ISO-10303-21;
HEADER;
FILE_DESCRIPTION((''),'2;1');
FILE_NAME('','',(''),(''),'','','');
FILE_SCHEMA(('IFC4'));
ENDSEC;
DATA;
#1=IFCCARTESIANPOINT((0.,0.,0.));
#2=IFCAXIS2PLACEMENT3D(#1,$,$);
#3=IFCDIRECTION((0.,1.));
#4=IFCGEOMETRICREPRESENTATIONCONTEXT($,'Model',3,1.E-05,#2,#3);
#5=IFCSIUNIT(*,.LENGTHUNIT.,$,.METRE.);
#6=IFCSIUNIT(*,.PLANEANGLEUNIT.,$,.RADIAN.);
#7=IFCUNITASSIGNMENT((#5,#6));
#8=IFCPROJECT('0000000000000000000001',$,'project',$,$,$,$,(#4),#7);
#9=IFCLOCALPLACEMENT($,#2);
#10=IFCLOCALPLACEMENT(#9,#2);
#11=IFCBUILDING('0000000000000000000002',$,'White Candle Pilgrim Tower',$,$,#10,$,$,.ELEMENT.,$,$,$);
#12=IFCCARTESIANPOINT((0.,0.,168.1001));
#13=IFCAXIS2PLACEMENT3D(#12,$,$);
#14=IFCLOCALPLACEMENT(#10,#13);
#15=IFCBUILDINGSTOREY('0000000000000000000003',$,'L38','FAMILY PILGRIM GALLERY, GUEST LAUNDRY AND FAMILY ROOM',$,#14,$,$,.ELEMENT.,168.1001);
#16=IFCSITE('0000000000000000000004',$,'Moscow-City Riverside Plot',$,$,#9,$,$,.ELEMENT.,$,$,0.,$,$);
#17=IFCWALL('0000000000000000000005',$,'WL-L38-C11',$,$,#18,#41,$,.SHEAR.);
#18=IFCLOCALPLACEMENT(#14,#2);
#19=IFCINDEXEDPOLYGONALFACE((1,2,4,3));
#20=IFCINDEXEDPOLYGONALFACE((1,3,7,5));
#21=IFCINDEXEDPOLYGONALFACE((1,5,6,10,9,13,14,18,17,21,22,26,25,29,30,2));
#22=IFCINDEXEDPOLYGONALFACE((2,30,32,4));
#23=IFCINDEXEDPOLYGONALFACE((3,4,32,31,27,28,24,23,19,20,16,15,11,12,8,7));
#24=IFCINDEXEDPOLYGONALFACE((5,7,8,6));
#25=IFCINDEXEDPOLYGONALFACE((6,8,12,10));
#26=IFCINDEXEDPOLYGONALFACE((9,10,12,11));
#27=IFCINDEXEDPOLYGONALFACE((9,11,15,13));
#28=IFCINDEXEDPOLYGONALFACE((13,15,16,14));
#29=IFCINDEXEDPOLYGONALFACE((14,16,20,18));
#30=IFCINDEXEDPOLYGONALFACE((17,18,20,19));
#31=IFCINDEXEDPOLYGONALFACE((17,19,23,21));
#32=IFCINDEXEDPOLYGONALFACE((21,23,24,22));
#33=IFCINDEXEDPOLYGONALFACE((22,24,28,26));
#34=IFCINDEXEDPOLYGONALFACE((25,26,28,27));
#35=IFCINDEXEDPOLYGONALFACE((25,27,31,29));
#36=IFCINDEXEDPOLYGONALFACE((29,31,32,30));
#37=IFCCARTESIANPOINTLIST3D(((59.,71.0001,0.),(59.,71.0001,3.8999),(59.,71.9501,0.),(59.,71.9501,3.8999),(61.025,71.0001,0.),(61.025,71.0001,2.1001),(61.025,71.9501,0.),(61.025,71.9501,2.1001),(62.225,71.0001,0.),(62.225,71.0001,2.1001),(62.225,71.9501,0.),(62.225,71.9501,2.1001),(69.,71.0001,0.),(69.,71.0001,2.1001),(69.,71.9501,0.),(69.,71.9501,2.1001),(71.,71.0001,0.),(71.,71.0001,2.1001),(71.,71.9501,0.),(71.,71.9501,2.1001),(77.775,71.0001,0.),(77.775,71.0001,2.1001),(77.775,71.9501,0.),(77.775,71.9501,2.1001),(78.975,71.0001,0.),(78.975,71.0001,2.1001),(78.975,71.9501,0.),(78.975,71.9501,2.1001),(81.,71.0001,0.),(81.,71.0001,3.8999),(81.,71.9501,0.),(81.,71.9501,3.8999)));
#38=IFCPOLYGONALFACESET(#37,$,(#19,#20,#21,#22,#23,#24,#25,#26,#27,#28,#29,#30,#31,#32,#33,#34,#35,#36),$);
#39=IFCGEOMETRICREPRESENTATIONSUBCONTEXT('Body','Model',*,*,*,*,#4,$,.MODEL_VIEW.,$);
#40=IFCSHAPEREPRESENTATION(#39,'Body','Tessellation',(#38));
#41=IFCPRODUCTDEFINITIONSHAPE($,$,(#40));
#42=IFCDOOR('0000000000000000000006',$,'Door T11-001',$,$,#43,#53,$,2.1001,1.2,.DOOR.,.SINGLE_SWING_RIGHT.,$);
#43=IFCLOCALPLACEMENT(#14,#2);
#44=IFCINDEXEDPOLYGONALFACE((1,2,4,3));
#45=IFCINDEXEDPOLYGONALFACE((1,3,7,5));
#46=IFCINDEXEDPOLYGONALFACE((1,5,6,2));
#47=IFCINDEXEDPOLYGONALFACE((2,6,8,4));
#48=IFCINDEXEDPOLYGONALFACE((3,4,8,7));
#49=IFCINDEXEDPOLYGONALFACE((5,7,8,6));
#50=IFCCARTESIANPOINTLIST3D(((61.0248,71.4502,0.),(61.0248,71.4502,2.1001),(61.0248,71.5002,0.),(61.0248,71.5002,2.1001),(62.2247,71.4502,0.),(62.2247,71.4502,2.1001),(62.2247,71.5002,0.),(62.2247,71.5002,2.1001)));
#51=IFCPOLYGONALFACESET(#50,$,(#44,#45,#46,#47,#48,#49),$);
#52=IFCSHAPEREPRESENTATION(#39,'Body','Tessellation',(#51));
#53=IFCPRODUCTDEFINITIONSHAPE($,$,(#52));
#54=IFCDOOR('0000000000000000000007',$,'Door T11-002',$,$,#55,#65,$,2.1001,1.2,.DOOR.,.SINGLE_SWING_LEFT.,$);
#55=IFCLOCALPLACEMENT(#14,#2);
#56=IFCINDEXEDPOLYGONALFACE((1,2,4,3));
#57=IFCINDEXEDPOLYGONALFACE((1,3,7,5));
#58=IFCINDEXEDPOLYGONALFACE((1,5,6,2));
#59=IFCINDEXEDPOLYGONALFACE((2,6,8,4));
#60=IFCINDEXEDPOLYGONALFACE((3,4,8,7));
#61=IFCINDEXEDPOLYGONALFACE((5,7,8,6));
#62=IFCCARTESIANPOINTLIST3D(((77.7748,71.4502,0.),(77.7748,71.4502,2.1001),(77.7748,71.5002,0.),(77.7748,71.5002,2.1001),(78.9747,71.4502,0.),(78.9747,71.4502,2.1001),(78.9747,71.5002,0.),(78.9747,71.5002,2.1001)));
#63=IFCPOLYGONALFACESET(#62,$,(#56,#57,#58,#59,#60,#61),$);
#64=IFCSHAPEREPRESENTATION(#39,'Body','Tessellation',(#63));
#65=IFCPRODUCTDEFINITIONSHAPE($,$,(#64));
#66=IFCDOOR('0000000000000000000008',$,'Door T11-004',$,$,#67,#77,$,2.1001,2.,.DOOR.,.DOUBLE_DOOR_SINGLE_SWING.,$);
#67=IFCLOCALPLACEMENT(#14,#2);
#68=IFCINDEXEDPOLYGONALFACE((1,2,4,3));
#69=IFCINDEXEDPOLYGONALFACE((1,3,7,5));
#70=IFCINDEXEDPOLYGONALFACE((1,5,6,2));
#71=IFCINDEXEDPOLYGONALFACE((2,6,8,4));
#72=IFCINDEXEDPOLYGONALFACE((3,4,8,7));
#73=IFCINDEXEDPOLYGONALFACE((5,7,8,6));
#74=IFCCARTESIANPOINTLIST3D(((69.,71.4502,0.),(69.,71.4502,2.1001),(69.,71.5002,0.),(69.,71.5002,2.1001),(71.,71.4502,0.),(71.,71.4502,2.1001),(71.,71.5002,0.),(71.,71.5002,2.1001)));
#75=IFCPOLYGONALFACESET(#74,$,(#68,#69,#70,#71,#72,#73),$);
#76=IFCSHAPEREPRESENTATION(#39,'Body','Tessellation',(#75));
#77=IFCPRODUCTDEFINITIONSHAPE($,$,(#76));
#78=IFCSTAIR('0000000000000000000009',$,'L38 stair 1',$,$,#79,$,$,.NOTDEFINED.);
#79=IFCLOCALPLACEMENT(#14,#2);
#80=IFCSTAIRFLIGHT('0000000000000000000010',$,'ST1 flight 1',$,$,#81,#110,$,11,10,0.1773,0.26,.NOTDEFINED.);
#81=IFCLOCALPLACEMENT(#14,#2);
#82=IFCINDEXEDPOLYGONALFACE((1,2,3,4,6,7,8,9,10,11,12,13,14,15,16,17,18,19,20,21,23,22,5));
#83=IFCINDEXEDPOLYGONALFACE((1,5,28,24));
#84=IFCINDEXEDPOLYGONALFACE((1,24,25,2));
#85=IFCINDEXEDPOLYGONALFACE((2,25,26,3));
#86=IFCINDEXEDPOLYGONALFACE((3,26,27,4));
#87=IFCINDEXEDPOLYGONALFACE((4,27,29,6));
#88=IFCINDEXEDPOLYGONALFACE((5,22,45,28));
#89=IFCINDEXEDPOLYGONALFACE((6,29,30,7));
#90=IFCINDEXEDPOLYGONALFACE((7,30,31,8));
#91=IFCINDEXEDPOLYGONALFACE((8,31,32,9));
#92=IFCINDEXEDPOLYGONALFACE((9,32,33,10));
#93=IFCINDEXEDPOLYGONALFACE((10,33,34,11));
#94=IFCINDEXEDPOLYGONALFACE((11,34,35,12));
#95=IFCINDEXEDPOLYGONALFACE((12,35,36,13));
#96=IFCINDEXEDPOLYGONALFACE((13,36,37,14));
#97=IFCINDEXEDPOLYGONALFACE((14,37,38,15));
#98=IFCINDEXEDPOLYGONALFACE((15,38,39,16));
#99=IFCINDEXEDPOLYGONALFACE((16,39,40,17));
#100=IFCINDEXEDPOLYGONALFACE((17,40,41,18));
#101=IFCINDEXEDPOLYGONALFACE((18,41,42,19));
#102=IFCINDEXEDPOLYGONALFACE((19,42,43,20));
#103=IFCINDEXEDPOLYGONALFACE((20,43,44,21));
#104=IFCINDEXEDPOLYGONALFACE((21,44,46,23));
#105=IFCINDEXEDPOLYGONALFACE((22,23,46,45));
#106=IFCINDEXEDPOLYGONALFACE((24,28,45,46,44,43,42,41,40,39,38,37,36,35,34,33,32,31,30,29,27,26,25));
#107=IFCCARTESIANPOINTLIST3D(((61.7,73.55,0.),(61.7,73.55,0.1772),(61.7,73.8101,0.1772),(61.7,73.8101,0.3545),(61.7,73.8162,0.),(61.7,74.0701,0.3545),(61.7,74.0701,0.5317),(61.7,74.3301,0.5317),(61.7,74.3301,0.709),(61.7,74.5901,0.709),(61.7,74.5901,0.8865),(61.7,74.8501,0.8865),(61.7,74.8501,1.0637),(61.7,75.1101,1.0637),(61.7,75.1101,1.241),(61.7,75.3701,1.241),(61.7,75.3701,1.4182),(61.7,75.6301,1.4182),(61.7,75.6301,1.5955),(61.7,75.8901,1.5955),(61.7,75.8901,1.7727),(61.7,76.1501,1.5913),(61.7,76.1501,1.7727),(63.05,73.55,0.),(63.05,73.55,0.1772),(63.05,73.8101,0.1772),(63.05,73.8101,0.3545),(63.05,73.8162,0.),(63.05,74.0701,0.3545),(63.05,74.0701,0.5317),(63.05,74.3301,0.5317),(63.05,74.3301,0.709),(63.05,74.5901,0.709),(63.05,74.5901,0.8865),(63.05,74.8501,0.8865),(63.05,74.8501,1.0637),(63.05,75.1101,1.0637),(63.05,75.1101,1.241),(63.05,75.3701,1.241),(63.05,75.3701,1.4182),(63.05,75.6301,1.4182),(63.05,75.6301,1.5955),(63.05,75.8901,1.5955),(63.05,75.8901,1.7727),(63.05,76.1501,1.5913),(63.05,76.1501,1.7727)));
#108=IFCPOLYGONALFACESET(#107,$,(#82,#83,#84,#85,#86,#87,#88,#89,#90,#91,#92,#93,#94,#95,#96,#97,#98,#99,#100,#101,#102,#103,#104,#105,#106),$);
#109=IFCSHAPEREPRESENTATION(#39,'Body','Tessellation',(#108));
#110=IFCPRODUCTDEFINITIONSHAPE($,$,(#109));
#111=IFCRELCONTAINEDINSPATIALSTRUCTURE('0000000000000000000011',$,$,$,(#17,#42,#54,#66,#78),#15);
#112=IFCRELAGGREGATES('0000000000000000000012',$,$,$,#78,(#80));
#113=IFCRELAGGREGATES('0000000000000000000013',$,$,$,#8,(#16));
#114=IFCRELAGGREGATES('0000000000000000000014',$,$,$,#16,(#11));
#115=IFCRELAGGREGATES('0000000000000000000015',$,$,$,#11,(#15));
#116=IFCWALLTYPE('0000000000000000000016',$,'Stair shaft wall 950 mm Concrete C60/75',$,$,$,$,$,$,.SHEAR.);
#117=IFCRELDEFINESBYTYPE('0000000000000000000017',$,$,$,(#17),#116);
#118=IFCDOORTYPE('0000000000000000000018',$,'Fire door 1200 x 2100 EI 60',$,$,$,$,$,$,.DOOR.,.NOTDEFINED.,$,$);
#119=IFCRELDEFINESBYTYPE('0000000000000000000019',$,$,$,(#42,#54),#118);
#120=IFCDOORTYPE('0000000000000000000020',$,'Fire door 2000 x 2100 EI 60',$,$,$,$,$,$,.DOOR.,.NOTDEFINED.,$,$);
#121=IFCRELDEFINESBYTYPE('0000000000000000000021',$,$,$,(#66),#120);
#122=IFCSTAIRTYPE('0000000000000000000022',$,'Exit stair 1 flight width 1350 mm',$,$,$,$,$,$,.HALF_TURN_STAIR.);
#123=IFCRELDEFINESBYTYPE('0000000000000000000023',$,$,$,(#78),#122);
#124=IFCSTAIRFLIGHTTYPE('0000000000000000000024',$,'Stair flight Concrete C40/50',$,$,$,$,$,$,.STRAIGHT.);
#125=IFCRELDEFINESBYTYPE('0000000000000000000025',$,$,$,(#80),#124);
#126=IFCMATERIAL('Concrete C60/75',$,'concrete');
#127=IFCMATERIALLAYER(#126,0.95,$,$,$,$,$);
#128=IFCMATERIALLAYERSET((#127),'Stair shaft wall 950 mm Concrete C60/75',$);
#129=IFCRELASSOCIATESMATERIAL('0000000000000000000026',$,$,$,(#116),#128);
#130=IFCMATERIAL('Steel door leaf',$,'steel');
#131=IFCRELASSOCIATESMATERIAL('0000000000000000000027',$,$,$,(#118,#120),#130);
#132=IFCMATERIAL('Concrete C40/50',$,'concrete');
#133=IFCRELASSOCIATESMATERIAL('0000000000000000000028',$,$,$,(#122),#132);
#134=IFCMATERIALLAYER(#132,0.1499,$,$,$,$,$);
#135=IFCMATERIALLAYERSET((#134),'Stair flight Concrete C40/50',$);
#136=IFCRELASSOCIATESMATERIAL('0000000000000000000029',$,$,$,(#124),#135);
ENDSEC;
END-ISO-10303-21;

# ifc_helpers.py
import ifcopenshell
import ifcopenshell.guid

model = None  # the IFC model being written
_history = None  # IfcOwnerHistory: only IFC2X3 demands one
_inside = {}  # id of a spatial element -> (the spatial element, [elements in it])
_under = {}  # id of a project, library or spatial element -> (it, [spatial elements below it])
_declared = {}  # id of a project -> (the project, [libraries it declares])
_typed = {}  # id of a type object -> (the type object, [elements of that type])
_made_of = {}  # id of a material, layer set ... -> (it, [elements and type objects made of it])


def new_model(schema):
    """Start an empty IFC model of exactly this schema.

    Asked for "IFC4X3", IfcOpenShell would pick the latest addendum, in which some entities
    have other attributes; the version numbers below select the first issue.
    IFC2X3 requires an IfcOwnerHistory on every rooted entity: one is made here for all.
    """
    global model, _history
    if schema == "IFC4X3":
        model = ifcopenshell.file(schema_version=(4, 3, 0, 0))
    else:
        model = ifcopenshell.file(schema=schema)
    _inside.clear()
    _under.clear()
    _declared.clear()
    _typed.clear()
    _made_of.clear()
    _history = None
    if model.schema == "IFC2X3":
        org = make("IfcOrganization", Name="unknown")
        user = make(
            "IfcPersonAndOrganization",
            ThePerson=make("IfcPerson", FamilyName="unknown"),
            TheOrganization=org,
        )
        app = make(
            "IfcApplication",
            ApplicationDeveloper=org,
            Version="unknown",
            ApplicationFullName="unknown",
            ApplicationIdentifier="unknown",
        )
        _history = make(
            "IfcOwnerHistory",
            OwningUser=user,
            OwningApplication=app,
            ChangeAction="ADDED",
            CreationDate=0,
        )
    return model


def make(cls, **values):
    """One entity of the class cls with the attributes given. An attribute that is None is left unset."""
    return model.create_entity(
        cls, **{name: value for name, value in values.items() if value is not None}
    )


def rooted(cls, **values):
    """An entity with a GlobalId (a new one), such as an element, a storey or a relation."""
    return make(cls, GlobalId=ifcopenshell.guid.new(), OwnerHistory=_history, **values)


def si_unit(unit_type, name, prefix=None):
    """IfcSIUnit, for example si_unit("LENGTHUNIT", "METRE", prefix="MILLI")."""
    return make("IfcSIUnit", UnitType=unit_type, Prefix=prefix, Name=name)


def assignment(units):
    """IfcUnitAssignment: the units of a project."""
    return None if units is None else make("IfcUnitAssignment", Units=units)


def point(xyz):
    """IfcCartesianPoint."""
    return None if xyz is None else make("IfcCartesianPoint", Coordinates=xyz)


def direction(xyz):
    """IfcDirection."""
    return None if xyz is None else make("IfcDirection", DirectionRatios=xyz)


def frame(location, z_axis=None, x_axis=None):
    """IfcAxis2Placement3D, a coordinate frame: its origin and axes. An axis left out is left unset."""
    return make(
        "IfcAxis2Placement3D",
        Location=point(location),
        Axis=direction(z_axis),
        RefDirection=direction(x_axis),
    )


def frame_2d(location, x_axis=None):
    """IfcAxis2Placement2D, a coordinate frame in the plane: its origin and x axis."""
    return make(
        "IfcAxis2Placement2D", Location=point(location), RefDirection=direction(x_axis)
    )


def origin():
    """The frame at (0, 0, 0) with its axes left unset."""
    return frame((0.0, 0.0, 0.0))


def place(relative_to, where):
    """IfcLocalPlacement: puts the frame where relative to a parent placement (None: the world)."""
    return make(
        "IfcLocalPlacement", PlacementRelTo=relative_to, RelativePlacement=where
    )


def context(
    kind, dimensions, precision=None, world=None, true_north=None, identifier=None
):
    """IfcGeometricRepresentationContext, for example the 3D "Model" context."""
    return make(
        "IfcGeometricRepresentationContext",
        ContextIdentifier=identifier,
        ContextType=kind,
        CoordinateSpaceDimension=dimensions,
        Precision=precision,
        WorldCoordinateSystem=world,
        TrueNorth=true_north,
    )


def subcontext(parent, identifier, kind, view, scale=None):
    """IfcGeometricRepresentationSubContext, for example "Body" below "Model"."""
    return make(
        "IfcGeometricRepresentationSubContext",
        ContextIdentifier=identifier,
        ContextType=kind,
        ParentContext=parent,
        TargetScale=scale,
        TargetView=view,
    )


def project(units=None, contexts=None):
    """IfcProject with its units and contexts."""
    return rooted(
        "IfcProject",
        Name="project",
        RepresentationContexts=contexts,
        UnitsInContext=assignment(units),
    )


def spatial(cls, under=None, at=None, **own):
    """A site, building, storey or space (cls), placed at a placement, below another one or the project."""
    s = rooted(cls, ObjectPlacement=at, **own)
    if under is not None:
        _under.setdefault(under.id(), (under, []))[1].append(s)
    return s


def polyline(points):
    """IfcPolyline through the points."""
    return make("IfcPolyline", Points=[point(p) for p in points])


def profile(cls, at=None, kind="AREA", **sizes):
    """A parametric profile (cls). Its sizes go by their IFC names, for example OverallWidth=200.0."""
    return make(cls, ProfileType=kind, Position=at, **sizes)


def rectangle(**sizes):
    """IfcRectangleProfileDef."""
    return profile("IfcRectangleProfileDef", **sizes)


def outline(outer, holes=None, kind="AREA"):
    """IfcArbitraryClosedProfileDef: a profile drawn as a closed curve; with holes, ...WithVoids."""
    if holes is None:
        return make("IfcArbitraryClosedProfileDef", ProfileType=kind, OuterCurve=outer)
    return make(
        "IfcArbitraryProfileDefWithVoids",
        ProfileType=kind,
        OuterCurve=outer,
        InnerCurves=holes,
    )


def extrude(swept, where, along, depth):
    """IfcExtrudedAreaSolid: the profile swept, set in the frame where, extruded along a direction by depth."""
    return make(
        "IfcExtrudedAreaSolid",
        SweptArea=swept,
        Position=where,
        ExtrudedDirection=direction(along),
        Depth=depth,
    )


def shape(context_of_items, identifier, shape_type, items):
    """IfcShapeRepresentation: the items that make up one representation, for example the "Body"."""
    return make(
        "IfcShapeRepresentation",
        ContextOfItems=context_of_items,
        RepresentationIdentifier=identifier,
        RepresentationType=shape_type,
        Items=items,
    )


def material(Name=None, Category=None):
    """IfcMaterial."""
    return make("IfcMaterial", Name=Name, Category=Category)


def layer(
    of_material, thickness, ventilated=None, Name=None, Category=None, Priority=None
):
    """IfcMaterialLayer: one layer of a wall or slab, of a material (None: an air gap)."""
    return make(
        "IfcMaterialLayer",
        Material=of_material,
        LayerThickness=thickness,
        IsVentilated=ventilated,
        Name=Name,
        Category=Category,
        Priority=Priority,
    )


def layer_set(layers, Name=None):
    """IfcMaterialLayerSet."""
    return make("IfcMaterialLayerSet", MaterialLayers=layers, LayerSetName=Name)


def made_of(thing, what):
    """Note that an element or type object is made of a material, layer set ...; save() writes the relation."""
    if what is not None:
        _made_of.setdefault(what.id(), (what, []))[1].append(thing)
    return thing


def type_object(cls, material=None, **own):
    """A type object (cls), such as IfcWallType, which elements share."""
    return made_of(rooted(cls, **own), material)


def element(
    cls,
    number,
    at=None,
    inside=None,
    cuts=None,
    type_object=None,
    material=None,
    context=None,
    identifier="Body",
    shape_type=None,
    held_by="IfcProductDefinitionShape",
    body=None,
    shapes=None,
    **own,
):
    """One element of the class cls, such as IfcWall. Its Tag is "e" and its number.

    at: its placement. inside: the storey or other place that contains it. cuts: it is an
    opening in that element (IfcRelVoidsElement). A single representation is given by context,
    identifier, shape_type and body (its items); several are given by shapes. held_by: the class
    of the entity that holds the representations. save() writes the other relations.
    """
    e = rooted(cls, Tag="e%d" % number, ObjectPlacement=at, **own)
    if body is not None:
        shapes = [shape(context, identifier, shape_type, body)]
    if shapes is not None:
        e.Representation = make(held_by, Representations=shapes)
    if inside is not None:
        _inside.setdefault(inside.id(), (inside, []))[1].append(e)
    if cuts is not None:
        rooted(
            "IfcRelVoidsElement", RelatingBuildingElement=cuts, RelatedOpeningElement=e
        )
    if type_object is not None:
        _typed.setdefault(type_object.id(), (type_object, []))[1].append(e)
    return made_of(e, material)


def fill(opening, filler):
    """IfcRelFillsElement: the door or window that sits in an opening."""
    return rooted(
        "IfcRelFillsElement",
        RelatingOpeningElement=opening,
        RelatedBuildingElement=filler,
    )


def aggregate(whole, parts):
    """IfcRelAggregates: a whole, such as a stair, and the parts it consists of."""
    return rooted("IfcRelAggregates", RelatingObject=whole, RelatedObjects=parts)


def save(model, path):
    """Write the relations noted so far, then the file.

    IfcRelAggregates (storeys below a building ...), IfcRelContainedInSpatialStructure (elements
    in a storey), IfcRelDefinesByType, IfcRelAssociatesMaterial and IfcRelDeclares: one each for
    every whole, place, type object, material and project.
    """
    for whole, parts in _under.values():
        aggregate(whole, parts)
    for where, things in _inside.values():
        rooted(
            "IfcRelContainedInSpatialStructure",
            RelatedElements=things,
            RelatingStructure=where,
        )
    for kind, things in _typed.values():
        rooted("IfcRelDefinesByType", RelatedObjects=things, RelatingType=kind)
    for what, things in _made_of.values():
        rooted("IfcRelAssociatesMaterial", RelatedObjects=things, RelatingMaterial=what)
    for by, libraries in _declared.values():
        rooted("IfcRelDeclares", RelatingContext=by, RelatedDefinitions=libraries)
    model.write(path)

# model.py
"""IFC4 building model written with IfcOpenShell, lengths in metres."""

from ifc_helpers import new_model, si_unit, direction, frame, frame_2d, origin, place, context, subcontext, project, spatial, polyline, rectangle, outline, extrude, material, layer, layer_set, type_object, element, fill, aggregate, save


model = new_model("IFC4")

# Units and contexts
model_context = context("Model", 3, precision=1e-05, world=origin(), true_north=direction((0.0, 1.0)))
body_context = subcontext(model_context, "Body", "Model", "MODEL_VIEW")
ifc_project = project(units=[si_unit("LENGTHUNIT", "METRE"), si_unit("PLANEANGLEUNIT", "RADIAN")], contexts=[model_context])

# Site, building, storey
site_placement = place(None, origin())
site = spatial("IfcSite", under=ifc_project, at=site_placement, Name="Moscow-City Riverside Plot", CompositionType="ELEMENT", RefElevation=0.0)
building_placement = place(site_placement, origin())
building = spatial("IfcBuilding", under=site, at=building_placement, Name="White Candle Pilgrim Tower", CompositionType="ELEMENT")
storey_placement = place(building_placement, frame((0.0, 0.0, 168.1001)))
storey = spatial("IfcBuildingStorey", under=building, at=storey_placement, Name="L38", Description="FAMILY PILGRIM GALLERY, GUEST LAUNDRY AND FAMILY ROOM", CompositionType="ELEMENT", Elevation=168.1001)

# Shared definitions
ifc_material_1 = material(Name="Steel door leaf", Category="steel")

# Shared definitions
ifc_material_2 = material(Name="Concrete C60/75", Category="concrete")

# Wall, openings, doors
ifc_layer_1 = layer(ifc_material_2, 0.95)
ifc_layer_set_1 = layer_set([ifc_layer_1], Name="Stair shaft wall 950 mm Concrete C60/75")
wall_type_1 = type_object("IfcWallType", Name="Stair shaft wall 950 mm Concrete C60/75", PredefinedType="SHEAR", material=ifc_layer_set_1)
wall_1_placement = place(storey_placement, frame((59.0, 71.4751, 0.0), z_axis=(0.0, 0.0, 1.0), x_axis=(1.0, 0.0, 0.0)))
wall_1 = element("IfcWall", 1, at=wall_1_placement, inside=storey, type_object=wall_type_1, Name="WL-L38-C11", PredefinedType="SHEAR", context=body_context, shape_type="SweptSolid", body=[
    extrude(rectangle(XDim=22.0, YDim=0.95, at=frame_2d((11.0, 0.0))), origin(), (0.0, 0.0, 1.0), 3.8999),
])
opening_1_placement = place(wall_1_placement, frame((2.0249, 0.0, 0.0)))
opening_1 = element("IfcOpeningElement", 2, at=opening_1_placement, cuts=wall_1, PredefinedType="OPENING", context=body_context, shape_type="SweptSolid", body=[
    extrude(rectangle(XDim=1.2, YDim=2.1001, at=frame_2d((0.6001, 1.05))), frame((0.0, 0.4849, 0.0), z_axis=(0.0, -1.0, 0.0), x_axis=(1.0, 0.0, 0.0)), (0.0, 0.0, 1.0), 0.97),
])
opening_2_placement = place(wall_1_placement, frame((18.7749, 0.0, 0.0)))
opening_2 = element("IfcOpeningElement", 3, at=opening_2_placement, cuts=wall_1, PredefinedType="OPENING", context=body_context, shape_type="SweptSolid", body=[
    extrude(rectangle(XDim=1.2, YDim=2.1001, at=frame_2d((0.6001, 1.05))), frame((0.0, 0.4849, 0.0), z_axis=(0.0, -1.0, 0.0), x_axis=(1.0, 0.0, 0.0)), (0.0, 0.0, 1.0), 0.97),
])
opening_3_placement = place(wall_1_placement, frame((10.0, 0.0, 0.0)))
opening_3 = element("IfcOpeningElement", 4, at=opening_3_placement, cuts=wall_1, PredefinedType="OPENING", context=body_context, shape_type="SweptSolid", body=[
    extrude(rectangle(XDim=2.0, YDim=2.1001, at=frame_2d((1.0, 1.05))), frame((0.0, 0.4849, 0.0), z_axis=(0.0, -1.0, 0.0), x_axis=(1.0, 0.0, 0.0)), (0.0, 0.0, 1.0), 0.97),
])
door_type_1 = type_object("IfcDoorType", Name="Fire door 1200 x 2100 EI 60", OperationType="NOTDEFINED", PredefinedType="DOOR", material=ifc_material_1)
door_1_placement = place(opening_1_placement, frame((1.2, 0.0, 0.0), z_axis=(0.0, 0.0, 1.0), x_axis=(-1.0, 0.0, 0.0)))
door_1 = element("IfcDoor", 5, at=door_1_placement, inside=storey, type_object=door_type_1, Name="Door T11-001", OperationType="SINGLE_SWING_RIGHT", OverallHeight=2.1001, OverallWidth=1.2, PredefinedType="DOOR", context=body_context, shape_type="SweptSolid", body=[
    extrude(rectangle(XDim=1.2, YDim=2.1001, at=frame_2d((0.6001, 1.05))), frame((0.0, 0.0249, 0.0), z_axis=(0.0, -1.0, 0.0), x_axis=(1.0, 0.0, 0.0)), (0.0, 0.0, 1.0), 0.05),
])
fill(opening_1, door_1)
door_2_placement = place(opening_2_placement, frame((1.2, 0.0, 0.0), z_axis=(0.0, 0.0, 1.0), x_axis=(-1.0, 0.0, 0.0)))
door_2 = element("IfcDoor", 6, at=door_2_placement, inside=storey, type_object=door_type_1, Name="Door T11-002", OperationType="SINGLE_SWING_LEFT", OverallHeight=2.1001, OverallWidth=1.2, PredefinedType="DOOR", context=body_context, shape_type="SweptSolid", body=[
    extrude(rectangle(XDim=1.2, YDim=2.1001, at=frame_2d((0.6001, 1.05))), frame((0.0, 0.0249, 0.0), z_axis=(0.0, -1.0, 0.0), x_axis=(1.0, 0.0, 0.0)), (0.0, 0.0, 1.0), 0.05),
])
fill(opening_2, door_2)
door_type_2 = type_object("IfcDoorType", Name="Fire door 2000 x 2100 EI 60", OperationType="NOTDEFINED", PredefinedType="DOOR", material=ifc_material_1)
door_3_placement = place(opening_3_placement, frame((2.0, 0.0, 0.0), z_axis=(0.0, 0.0, 1.0), x_axis=(-1.0, 0.0, 0.0)))
door_3 = element("IfcDoor", 7, at=door_3_placement, inside=storey, type_object=door_type_2, Name="Door T11-004", OperationType="DOUBLE_DOOR_SINGLE_SWING", OverallHeight=2.1001, OverallWidth=2.0, PredefinedType="DOOR", context=body_context, shape_type="SweptSolid", body=[
    extrude(rectangle(XDim=2.0, YDim=2.1001, at=frame_2d((1.0, 1.05))), frame((0.0, 0.0249, 0.0), z_axis=(0.0, -1.0, 0.0), x_axis=(1.0, 0.0, 0.0)), (0.0, 0.0, 1.0), 0.05),
])
fill(opening_3, door_3)

# Stair, stair flight
ifc_material_3 = material(Name="Concrete C40/50", Category="concrete")
stair_type = type_object("IfcStairType", Name="Exit stair 1 flight width 1350 mm", PredefinedType="HALF_TURN_STAIR", material=ifc_material_3)
stair_placement = place(storey_placement, origin())
stair = element("IfcStair", 8, at=stair_placement, inside=storey, type_object=stair_type, Name="L38 stair 1", PredefinedType="NOTDEFINED")
ifc_layer_2 = layer(ifc_material_3, 0.1499)
ifc_layer_set_2 = layer_set([ifc_layer_2], Name="Stair flight Concrete C40/50")
stair_flight_type = type_object("IfcStairFlightType", Name="Stair flight Concrete C40/50", PredefinedType="STRAIGHT", material=ifc_layer_set_2)
stair_flight_placement = place(storey_placement, frame((62.375, 73.55, 0.0), z_axis=(0.0, 0.0, 1.0), x_axis=(0.0, 1.0, 0.0)))
stair_flight = element("IfcStairFlight", 9, at=stair_flight_placement, type_object=stair_flight_type, Name="ST1 flight 1", NumberOfRisers=11, NumberOfTreads=10, PredefinedType="NOTDEFINED", RiserHeight=0.1773, TreadLength=0.26, context=body_context, shape_type="SweptSolid", body=[
    extrude(outline(polyline([(0.0, 0.0), (0.0, 0.1772), (0.26, 0.1772), (0.26, 0.3545), (0.52, 0.3545), (0.52, 0.5317), (0.78, 0.5317), (0.78, 0.709), (1.04, 0.709), (1.04, 0.8865), (1.3, 0.8865), (1.3, 1.0637), (1.5601, 1.0637), (1.5601, 1.241), (1.8201, 1.241), (1.8201, 1.4182), (2.0801, 1.4182), (2.0801, 1.5955), (2.3401, 1.5955), (2.3401, 1.7727), (2.6001, 1.7727), (2.6001, 1.95), (2.6001, 1.5913), (0.2661, 0.0), (0.0, 0.0)])), frame((0.0, 0.675, 0.0), z_axis=(0.0, -1.0, 0.0), x_axis=(1.0, 0.0, 0.0)), (0.0, 0.0, 1.0), 1.3501),
])
aggregate(stair, [stair_flight])

save(model, "model.ifc")
